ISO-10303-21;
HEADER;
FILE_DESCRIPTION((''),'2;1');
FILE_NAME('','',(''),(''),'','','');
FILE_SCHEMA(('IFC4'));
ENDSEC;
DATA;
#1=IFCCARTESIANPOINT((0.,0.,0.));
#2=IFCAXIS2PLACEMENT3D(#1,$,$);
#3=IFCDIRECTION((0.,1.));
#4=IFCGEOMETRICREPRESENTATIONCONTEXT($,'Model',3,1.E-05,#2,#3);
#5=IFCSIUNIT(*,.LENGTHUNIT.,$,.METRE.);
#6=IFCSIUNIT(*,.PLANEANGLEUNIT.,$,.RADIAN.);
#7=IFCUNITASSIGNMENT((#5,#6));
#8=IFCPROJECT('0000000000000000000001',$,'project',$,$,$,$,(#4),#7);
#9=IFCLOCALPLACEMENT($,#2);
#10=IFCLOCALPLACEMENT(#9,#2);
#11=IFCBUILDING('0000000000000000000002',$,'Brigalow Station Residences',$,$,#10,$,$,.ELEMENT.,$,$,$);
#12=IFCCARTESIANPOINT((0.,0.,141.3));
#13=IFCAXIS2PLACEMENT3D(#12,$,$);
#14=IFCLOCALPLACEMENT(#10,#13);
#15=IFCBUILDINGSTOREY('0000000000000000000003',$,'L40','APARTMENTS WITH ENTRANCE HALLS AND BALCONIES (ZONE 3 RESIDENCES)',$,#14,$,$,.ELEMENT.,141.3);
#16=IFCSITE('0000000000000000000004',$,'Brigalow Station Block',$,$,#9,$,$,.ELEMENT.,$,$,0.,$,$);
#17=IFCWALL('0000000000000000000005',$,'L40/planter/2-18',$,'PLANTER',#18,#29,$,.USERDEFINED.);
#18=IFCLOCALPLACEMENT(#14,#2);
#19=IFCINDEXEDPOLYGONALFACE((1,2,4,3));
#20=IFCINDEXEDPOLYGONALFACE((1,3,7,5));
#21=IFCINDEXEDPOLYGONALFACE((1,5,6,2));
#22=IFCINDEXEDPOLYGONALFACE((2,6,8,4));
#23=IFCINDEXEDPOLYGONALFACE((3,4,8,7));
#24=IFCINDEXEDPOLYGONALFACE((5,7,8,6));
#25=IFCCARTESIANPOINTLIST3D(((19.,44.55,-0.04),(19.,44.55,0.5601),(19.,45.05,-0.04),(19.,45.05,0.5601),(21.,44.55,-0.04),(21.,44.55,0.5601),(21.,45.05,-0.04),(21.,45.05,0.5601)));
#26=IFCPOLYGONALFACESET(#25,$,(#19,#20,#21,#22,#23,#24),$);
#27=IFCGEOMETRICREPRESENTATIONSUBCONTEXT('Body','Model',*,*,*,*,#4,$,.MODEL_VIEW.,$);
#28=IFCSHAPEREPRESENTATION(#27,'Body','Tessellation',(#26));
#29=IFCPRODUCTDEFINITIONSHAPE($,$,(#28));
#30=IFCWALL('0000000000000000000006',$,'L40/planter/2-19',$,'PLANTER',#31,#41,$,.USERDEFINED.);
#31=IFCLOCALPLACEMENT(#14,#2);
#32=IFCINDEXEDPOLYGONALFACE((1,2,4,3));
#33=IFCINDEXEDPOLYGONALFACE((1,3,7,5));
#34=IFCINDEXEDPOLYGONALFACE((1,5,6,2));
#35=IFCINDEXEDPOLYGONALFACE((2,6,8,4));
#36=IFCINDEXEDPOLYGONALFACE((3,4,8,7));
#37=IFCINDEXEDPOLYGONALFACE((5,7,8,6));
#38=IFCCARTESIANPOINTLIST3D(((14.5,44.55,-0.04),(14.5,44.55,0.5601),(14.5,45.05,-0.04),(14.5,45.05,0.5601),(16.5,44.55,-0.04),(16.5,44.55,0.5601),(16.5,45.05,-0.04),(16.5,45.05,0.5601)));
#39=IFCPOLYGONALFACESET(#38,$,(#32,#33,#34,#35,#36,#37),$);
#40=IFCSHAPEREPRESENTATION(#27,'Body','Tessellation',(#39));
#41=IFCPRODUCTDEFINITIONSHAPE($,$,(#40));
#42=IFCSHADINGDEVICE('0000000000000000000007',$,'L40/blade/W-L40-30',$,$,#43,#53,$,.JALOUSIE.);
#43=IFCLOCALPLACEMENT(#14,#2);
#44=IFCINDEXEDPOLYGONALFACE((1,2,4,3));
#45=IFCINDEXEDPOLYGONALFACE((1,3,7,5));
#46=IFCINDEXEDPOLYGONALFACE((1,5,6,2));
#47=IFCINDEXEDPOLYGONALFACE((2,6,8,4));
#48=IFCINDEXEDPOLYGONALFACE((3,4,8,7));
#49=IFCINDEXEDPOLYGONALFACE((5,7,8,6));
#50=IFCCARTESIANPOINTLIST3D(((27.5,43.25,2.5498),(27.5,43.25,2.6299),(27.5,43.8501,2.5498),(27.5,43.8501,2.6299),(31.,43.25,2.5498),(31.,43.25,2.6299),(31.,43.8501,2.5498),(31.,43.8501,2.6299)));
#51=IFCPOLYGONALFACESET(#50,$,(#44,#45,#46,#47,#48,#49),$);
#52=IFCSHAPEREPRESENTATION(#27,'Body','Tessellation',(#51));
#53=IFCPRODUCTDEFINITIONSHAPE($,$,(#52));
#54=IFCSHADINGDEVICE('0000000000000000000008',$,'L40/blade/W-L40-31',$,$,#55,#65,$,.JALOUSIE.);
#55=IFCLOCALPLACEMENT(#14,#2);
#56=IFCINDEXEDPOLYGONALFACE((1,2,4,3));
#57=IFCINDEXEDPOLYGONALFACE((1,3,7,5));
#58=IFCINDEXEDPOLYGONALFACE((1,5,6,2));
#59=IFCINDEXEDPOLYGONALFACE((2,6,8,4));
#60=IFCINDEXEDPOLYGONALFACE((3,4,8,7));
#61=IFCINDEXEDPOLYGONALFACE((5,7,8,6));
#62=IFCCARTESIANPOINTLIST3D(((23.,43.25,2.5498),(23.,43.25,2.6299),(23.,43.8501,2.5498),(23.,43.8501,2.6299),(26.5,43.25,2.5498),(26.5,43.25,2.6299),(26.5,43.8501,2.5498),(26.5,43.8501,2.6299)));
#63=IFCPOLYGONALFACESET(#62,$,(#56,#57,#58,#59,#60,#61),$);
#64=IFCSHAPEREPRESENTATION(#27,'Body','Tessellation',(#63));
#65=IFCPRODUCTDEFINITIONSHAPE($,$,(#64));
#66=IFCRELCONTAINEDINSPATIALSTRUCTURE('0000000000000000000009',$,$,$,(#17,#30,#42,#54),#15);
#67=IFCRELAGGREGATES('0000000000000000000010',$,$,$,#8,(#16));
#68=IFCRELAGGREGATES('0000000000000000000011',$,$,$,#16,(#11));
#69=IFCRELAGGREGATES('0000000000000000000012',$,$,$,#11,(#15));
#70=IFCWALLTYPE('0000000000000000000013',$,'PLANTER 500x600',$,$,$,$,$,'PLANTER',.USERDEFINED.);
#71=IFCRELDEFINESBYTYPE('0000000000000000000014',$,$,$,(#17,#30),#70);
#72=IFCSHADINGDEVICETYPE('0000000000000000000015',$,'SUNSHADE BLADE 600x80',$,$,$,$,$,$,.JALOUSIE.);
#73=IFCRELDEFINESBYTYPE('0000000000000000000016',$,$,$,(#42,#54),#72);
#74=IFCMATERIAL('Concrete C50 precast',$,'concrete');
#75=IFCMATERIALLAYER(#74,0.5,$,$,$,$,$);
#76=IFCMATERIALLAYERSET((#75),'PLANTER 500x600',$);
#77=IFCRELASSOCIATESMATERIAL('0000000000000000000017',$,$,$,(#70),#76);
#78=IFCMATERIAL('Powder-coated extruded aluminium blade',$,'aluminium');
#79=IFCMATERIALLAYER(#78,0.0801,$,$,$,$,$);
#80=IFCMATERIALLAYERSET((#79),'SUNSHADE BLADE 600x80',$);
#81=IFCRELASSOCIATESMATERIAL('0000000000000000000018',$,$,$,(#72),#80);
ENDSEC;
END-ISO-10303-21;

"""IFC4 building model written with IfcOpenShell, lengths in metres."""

from ifc_helpers import new_model, si_unit, direction, frame, frame_2d, origin, origin_2d, place, context, subcontext, project, spatial, rectangle, extrude, material, layer, layer_set, type_object, element, save


model = new_model("IFC4")

# Units and contexts
model_context = context("Model", 3, precision=1e-05, world=origin(), true_north=direction((0.0, 1.0)))
body_context = subcontext(model_context, "Body", "Model", "MODEL_VIEW")
ifc_project = project(units=[si_unit("LENGTHUNIT", "METRE"), si_unit("PLANEANGLEUNIT", "RADIAN")], contexts=[model_context])

# Site, building, storey
site_placement = place(None, origin())
site = spatial("IfcSite", under=ifc_project, at=site_placement, Name="Brigalow Station Block", CompositionType="ELEMENT", RefElevation=0.0)
building_placement = place(site_placement, origin())
building = spatial("IfcBuilding", under=site, at=building_placement, Name="Brigalow Station Residences", CompositionType="ELEMENT")
storey_placement = place(building_placement, frame((0.0, 0.0, 141.3)))
storey = spatial("IfcBuildingStorey", under=building, at=storey_placement, Name="L40", Description="APARTMENTS WITH ENTRANCE HALLS AND BALCONIES (ZONE 3 RESIDENCES)", CompositionType="ELEMENT", Elevation=141.3)

# Walls
ifc_material_1 = material(Name="Concrete C50 precast", Category="concrete")
ifc_layer_1 = layer(ifc_material_1, 0.5)
ifc_layer_set_1 = layer_set([ifc_layer_1], Name="PLANTER 500x600")
wall_type_1 = type_object("IfcWallType", Name="PLANTER 500x600", ElementType="PLANTER", PredefinedType="USERDEFINED", material=ifc_layer_set_1)
for number, where, z_axis, x_axis, name in (
    (1, (21.0, 44.8, -0.04), (0.0, 0.0, 1.0), (-1.0, 0.0, 0.0), "L40/planter/2-18"),
    (2, (16.5, 44.8, -0.04), (0.0, 0.0, 1.0), (-1.0, 0.0, 0.0), "L40/planter/2-19"),
):
    element("IfcWall", number, at=place(storey_placement, frame(where, z_axis=z_axis, x_axis=x_axis)), inside=storey, type_object=wall_type_1, Name=name, ObjectType="PLANTER", PredefinedType="USERDEFINED", context=body_context, shape_type="SweptSolid", body=[
        extrude(rectangle(XDim=2.0, YDim=0.5, at=frame_2d((1.0, 0.0))), origin(), (0.0, 0.0, 1.0), 0.6001),
    ])

# Shading devices
ifc_material_2 = material(Name="Powder-coated extruded aluminium blade", Category="aluminium")
ifc_layer_2 = layer(ifc_material_2, 0.0801)
ifc_layer_set_2 = layer_set([ifc_layer_2], Name="SUNSHADE BLADE 600x80")
shading_device_type = type_object("IfcShadingDeviceType", Name="SUNSHADE BLADE 600x80", PredefinedType="JALOUSIE", material=ifc_layer_set_2)
for number, where, z_axis, x_axis, name in (
    (3, (29.25, 43.55, 2.5498), (0.0, 0.0, 1.0), (-1.0, 0.0, 0.0), "L40/blade/W-L40-30"),
    (4, (24.75, 43.55, 2.5498), (0.0, 0.0, 1.0), (-1.0, 0.0, 0.0), "L40/blade/W-L40-31"),
):
    element("IfcShadingDevice", number, at=place(storey_placement, frame(where, z_axis=z_axis, x_axis=x_axis)), inside=storey, type_object=shading_device_type, Name=name, PredefinedType="JALOUSIE", context=body_context, shape_type="SweptSolid", body=[
        extrude(rectangle(XDim=3.5, YDim=0.6001, at=origin_2d()), origin(), (0.0, 0.0, 1.0), 0.0801),
    ])

save(model, "model.ifc")
